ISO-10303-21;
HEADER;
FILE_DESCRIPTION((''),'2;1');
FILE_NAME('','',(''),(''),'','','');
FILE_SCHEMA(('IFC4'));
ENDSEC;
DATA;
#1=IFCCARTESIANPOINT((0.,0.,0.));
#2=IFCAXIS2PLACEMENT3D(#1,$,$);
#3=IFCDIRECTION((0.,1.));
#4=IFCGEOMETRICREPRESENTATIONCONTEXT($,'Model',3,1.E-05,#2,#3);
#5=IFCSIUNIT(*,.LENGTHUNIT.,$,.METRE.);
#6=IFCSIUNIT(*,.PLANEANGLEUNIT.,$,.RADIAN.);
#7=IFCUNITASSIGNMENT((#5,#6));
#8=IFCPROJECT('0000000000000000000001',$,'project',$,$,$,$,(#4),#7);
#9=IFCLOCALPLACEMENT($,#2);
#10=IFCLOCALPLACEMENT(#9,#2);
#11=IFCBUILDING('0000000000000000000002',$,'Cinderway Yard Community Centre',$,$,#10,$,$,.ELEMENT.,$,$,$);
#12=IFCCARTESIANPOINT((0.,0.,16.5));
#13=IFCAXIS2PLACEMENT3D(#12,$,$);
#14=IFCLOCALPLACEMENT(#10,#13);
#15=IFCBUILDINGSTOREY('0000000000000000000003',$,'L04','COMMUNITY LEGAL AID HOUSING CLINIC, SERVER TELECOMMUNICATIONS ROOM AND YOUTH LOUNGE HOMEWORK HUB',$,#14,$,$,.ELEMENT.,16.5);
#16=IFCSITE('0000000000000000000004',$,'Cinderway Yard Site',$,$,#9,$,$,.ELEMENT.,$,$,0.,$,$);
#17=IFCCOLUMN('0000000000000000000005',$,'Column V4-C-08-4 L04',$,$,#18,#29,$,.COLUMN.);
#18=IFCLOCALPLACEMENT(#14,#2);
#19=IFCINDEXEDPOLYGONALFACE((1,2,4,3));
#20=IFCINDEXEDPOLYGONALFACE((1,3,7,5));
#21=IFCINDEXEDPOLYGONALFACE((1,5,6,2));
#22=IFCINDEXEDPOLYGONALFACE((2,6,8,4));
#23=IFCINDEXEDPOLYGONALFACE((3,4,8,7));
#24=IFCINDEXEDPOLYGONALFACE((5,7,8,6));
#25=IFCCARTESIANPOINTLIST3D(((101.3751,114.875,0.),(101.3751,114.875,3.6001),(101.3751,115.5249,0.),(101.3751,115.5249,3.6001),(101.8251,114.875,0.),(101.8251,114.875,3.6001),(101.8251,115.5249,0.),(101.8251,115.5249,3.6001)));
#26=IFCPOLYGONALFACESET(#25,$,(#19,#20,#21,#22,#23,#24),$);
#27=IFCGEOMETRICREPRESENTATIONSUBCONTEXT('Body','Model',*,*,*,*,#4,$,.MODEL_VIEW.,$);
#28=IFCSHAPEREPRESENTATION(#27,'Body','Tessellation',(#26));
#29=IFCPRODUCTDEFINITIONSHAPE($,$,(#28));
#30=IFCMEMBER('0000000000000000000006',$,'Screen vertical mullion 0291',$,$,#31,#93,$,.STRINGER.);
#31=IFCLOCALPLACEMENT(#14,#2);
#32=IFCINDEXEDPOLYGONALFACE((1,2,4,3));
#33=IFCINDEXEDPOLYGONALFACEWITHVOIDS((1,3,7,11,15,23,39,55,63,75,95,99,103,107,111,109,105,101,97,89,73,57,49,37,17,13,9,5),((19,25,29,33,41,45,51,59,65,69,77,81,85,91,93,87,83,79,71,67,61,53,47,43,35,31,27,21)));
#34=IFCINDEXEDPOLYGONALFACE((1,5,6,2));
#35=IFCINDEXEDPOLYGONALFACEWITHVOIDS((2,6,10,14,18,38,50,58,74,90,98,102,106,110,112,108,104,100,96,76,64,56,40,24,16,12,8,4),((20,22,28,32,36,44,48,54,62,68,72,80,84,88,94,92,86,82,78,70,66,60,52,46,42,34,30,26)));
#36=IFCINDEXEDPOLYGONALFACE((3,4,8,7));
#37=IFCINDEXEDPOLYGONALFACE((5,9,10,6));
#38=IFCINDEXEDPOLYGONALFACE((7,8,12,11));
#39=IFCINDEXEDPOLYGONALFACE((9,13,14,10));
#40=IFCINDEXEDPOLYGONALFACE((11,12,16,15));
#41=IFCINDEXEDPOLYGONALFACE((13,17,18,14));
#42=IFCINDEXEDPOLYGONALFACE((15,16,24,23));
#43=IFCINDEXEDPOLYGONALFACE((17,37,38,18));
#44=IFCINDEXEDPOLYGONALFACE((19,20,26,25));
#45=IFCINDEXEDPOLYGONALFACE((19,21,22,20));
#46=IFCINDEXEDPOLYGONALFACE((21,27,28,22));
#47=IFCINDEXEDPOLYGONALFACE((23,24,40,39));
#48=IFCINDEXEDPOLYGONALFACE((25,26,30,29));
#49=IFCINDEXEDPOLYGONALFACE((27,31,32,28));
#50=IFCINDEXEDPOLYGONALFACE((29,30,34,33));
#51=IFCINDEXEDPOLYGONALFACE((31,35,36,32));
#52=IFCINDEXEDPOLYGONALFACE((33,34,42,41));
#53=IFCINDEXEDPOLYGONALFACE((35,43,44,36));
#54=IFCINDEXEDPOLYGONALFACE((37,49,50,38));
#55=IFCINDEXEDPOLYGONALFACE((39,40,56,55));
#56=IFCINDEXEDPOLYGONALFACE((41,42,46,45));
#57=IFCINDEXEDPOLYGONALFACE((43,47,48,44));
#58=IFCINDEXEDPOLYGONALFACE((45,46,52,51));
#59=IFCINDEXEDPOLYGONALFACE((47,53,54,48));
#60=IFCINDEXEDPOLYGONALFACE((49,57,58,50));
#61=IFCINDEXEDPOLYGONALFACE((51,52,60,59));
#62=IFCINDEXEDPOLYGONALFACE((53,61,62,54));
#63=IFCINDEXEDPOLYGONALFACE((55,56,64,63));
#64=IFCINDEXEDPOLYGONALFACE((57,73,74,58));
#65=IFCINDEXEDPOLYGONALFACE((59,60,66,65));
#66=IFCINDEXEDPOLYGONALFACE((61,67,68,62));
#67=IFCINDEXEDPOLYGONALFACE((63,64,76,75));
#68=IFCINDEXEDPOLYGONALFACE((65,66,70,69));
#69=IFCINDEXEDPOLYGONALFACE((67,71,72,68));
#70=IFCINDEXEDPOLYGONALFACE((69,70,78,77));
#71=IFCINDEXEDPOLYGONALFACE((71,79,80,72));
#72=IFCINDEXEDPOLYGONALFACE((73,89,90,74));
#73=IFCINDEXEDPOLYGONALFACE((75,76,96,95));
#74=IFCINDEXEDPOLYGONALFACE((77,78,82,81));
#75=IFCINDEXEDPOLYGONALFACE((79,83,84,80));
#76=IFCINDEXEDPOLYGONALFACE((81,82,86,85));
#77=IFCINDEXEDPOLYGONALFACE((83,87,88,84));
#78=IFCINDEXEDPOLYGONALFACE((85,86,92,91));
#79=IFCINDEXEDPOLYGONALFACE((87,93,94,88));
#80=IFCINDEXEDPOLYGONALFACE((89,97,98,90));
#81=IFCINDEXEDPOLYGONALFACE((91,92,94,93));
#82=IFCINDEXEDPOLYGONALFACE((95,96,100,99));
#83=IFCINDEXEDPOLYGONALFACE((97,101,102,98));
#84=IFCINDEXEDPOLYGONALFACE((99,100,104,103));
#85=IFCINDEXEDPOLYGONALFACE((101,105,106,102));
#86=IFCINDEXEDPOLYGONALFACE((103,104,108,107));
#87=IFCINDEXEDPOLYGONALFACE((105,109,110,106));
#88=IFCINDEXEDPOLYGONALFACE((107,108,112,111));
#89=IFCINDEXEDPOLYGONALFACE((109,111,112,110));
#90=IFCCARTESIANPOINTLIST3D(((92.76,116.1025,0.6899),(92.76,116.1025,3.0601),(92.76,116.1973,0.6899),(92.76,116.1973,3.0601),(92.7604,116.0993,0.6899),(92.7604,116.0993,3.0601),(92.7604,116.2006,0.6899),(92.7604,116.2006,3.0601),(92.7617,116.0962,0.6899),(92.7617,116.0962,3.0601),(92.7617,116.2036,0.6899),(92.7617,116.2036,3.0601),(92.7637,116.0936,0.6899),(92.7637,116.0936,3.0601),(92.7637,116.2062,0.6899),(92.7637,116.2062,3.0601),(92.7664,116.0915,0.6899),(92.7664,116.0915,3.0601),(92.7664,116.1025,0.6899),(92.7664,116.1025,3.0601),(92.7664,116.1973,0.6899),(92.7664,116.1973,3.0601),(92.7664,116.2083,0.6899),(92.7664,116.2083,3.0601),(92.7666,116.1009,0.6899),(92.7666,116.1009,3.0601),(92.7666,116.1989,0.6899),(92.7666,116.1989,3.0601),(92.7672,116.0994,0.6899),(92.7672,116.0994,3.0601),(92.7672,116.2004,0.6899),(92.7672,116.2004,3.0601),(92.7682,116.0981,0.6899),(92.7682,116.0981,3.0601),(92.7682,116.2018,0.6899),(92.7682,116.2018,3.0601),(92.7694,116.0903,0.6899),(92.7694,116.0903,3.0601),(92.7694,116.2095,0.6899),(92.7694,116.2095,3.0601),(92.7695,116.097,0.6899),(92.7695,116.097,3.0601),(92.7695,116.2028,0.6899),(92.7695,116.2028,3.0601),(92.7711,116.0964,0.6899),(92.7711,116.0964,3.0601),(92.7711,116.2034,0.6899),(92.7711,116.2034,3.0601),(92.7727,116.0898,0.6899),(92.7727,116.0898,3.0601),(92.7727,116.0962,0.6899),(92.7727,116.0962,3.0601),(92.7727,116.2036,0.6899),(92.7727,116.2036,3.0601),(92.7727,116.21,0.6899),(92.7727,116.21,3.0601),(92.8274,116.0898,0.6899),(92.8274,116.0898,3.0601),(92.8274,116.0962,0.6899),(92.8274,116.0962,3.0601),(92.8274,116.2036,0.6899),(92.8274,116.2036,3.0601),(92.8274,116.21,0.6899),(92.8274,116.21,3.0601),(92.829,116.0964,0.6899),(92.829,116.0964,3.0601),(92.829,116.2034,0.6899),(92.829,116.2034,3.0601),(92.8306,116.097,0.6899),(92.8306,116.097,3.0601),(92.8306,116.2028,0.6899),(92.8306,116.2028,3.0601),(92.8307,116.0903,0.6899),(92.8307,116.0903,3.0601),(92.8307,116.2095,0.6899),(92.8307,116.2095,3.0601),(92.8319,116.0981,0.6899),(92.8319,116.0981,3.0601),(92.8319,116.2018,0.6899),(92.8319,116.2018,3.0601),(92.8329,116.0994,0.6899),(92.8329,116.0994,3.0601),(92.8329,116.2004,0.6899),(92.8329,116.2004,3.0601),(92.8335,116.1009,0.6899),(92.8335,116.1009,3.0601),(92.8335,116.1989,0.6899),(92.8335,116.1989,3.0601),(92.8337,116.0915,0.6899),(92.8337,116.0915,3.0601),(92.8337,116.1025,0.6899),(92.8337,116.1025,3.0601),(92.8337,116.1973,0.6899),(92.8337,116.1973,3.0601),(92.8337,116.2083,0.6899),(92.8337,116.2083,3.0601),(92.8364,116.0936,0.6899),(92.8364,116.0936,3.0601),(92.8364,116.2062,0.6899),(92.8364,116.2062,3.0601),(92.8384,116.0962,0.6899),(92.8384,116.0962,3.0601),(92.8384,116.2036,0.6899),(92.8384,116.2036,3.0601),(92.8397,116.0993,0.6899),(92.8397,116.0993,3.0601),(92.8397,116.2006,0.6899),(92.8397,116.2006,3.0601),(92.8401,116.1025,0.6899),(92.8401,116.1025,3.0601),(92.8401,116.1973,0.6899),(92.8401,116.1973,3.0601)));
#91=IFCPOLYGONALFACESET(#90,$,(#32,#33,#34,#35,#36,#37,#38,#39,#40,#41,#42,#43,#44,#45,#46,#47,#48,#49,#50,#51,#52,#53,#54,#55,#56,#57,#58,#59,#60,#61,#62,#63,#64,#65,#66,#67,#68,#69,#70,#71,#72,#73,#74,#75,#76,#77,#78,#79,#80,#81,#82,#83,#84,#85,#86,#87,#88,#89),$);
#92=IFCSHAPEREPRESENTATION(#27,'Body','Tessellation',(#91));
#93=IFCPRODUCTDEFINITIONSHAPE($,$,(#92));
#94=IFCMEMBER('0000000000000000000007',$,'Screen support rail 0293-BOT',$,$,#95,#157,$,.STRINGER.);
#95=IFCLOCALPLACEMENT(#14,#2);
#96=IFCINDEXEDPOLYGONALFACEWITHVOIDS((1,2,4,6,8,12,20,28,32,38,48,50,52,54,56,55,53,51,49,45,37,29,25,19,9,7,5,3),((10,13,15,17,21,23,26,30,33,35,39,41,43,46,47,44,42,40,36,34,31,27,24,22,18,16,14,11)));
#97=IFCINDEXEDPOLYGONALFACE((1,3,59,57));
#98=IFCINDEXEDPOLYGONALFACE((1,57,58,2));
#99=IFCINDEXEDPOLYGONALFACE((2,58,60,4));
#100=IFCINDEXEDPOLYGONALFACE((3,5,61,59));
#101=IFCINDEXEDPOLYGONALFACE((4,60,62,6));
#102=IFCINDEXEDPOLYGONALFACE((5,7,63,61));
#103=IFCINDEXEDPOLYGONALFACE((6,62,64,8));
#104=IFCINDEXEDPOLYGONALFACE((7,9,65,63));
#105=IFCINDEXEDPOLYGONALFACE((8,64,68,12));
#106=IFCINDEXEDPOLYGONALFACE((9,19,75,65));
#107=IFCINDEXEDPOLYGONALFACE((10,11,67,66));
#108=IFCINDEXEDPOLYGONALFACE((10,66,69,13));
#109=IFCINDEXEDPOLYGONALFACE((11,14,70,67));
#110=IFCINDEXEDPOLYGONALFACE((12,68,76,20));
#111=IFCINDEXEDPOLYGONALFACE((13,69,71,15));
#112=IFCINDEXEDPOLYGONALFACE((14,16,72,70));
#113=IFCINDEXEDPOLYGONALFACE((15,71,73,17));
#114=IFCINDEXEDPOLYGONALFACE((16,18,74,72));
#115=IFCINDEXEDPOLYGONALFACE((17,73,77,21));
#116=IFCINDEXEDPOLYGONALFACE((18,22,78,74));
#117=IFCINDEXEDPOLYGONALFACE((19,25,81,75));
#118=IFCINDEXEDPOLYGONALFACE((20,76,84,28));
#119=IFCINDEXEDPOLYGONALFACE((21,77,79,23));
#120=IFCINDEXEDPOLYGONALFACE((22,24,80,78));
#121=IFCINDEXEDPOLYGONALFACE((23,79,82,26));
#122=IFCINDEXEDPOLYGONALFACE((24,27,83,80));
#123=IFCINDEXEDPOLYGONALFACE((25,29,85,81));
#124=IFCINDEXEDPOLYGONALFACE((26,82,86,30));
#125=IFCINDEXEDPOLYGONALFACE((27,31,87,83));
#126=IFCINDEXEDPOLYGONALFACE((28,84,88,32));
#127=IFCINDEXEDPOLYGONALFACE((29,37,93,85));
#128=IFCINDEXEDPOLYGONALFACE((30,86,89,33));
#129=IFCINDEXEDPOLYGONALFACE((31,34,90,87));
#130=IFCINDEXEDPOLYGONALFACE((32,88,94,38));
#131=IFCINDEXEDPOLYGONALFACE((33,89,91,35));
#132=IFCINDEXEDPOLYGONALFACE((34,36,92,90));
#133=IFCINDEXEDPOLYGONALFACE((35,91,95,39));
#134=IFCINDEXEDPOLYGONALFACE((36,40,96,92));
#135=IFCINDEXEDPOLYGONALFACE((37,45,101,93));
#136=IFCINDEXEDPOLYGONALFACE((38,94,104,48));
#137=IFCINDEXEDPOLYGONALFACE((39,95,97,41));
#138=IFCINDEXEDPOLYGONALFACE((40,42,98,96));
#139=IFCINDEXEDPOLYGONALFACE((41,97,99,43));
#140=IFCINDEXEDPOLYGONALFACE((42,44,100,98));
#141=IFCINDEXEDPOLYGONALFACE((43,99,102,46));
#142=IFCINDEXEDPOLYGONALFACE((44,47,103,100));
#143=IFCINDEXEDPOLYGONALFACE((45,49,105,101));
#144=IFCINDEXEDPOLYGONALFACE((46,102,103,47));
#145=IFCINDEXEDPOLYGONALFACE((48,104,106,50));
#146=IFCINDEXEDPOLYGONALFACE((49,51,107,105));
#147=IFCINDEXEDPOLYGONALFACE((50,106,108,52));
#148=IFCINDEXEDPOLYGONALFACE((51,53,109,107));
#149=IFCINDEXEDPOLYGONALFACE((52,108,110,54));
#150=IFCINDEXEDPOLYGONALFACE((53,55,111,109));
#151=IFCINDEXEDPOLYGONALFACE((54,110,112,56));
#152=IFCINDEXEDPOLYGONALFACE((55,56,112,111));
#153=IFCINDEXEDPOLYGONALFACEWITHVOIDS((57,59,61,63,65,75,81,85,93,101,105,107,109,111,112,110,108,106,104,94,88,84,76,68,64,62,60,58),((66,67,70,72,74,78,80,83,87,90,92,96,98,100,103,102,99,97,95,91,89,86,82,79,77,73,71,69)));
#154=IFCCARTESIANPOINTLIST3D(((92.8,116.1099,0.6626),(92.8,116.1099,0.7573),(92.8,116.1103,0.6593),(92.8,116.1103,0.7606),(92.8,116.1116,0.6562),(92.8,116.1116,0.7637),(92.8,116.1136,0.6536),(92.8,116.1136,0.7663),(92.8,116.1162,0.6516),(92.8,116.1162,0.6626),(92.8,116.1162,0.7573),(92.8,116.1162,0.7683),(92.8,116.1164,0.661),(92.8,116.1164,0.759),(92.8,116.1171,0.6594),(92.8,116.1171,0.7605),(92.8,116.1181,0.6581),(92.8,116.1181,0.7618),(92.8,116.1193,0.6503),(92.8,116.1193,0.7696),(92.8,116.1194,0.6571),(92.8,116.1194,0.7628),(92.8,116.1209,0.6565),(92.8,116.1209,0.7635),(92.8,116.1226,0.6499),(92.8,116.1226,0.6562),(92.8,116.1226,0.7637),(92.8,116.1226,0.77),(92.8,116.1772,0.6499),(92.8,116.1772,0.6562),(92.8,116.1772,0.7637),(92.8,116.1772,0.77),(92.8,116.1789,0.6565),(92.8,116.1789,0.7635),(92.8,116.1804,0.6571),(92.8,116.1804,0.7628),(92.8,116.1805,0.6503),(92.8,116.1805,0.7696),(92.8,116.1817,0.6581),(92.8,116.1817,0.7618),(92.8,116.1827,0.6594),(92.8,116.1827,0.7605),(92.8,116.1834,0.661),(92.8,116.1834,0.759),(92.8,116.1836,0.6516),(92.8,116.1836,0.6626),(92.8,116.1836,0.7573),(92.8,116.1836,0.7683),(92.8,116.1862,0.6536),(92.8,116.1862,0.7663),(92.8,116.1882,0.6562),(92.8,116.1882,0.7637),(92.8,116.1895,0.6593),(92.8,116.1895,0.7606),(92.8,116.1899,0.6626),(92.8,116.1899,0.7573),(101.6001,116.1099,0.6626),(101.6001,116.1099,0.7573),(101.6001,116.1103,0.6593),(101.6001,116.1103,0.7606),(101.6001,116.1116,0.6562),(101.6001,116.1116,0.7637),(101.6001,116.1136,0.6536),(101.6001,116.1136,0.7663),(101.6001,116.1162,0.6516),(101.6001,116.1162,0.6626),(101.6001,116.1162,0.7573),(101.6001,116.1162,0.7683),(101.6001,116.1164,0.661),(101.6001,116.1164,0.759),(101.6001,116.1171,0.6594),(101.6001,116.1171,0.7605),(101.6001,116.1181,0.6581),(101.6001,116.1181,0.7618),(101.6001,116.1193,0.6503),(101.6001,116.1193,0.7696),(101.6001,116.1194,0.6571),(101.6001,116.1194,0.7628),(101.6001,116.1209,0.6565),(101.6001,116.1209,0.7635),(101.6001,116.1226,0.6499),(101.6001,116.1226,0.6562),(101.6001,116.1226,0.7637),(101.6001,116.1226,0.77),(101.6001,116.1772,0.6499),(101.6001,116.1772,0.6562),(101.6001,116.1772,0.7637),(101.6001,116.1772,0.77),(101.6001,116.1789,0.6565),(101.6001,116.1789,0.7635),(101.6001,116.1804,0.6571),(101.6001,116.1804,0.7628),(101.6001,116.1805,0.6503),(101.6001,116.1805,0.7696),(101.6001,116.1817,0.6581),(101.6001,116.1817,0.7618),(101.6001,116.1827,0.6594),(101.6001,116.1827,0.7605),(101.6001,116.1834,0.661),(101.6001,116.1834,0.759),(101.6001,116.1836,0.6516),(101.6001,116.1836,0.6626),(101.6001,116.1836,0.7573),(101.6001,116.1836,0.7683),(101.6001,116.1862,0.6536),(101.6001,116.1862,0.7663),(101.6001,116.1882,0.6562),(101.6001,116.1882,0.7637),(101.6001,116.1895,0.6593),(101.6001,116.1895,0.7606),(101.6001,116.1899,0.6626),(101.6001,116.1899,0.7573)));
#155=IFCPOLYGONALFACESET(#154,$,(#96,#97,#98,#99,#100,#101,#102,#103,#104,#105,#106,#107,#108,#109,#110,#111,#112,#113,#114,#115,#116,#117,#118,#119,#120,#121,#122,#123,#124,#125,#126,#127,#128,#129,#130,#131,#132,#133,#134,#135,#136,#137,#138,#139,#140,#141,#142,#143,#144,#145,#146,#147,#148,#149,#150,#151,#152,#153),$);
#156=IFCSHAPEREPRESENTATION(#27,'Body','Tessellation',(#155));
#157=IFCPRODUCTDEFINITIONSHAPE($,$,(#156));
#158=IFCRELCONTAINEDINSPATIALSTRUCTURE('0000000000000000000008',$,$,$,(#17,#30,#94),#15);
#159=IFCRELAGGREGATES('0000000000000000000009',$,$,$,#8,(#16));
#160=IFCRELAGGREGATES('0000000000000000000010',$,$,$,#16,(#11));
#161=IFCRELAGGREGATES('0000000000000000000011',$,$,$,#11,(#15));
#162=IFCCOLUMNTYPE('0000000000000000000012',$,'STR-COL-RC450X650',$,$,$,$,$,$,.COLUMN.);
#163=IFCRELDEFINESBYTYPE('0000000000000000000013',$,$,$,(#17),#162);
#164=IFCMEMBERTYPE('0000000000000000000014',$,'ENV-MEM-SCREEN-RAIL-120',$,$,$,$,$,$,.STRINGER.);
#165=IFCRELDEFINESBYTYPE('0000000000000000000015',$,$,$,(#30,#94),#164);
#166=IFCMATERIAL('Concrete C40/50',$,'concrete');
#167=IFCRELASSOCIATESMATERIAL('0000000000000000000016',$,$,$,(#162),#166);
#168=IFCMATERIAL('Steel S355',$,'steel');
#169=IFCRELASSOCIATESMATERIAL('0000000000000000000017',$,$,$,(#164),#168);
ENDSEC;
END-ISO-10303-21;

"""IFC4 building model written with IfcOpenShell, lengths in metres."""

from ifc_helpers import new_model, si_unit, direction, frame, origin, origin_2d, place, context, subcontext, project, spatial, rectangle, hollow_rectangle, extrude, material, material_profile, profile_set, type_object, element, save


model = new_model("IFC4")

# Units and contexts
model_context = context("Model", 3, precision=1e-05, world=origin(), true_north=direction((0.0, 1.0)))
body_context = subcontext(model_context, "Body", "Model", "MODEL_VIEW")
ifc_project = project(units=[si_unit("LENGTHUNIT", "METRE"), si_unit("PLANEANGLEUNIT", "RADIAN")], contexts=[model_context])

# Site, building, storey
site_placement = place(None, origin())
site = spatial("IfcSite", under=ifc_project, at=site_placement, Name="Cinderway Yard Site", CompositionType="ELEMENT", RefElevation=0.0)
building_placement = place(site_placement, origin())
building = spatial("IfcBuilding", under=site, at=building_placement, Name="Cinderway Yard Community Centre", CompositionType="ELEMENT")
storey_placement = place(building_placement, frame((0.0, 0.0, 16.5)))
storey = spatial("IfcBuildingStorey", under=building, at=storey_placement, Name="L04", Description="COMMUNITY LEGAL AID HOUSING CLINIC, SERVER TELECOMMUNICATIONS ROOM AND YOUTH LOUNGE HOMEWORK HUB", CompositionType="ELEMENT", Elevation=16.5)

# Column
ifc_material_1 = material(Name="Concrete C40/50", Category="concrete")
ifc_material_profile_1 = material_profile(ifc_material_1, rectangle(XDim=0.45, YDim=0.6499, at=origin_2d()), Name="Concrete C40/50")
ifc_profile_set_1 = profile_set([ifc_material_profile_1], Name="Concrete C40/50")
column_type = type_object("IfcColumnType", Name="STR-COL-RC450X650", PredefinedType="COLUMN", material=ifc_profile_set_1)
column_placement = place(storey_placement, frame((101.6001, 115.2, 0.0), z_axis=(0.0, 0.0, 1.0), x_axis=(1.0, 0.0, 0.0)))
element("IfcColumn", 1, at=column_placement, inside=storey, type_object=column_type, Name="Column V4-C-08-4 L04", PredefinedType="COLUMN", context=body_context, shape_type="SweptSolid", body=[
    extrude(rectangle(XDim=0.45, YDim=0.6499, at=origin_2d()), origin(), (0.0, 0.0, 1.0), 3.6001),
])

# Members
ifc_material_2 = material(Name="Steel S355", Category="steel")
ifc_material_profile_2 = material_profile(ifc_material_2, hollow_rectangle(XDim=0.0801, YDim=0.1201, WallThickness=0.0063, InnerFilletRadius=0.0063, OuterFilletRadius=0.0127, at=origin_2d()), Name="Steel S355")
ifc_profile_set_2 = profile_set([ifc_material_profile_2], Name="Steel S355")
member_type_1 = type_object("IfcMemberType", Name="ENV-MEM-SCREEN-RAIL-120", PredefinedType="STRINGER", material=ifc_profile_set_2)
member_placement = place(storey_placement, frame((92.8, 116.1499, 0.6899), z_axis=(0.0, 0.0, 1.0), x_axis=(1.0, 0.0, 0.0)))
element("IfcMember", 2, at=member_placement, inside=storey, type_object=member_type_1, Name="Screen vertical mullion 0291", PredefinedType="STRINGER", context=body_context, shape_type="SweptSolid", body=[
    extrude(hollow_rectangle(XDim=0.0801, YDim=0.1201, WallThickness=0.0063, InnerFilletRadius=0.0063, OuterFilletRadius=0.0127, at=origin_2d()), origin(), (0.0, 0.0, 1.0), 2.3701),
])
for number, where, z_axis, x_axis, name in (
    (3, (92.8, 116.1499, 0.71), (1.0, 0.0, 0.0), (0.0, 1.0, 0.0), "Screen support rail 0293-BOT"),
):
    element("IfcMember", number, at=place(storey_placement, frame(where, z_axis=z_axis, x_axis=x_axis)), inside=storey, type_object=member_type_1, Name=name, PredefinedType="STRINGER", context=body_context, shape_type="SweptSolid", body=[
        extrude(hollow_rectangle(XDim=0.0801, YDim=0.1201, WallThickness=0.0063, InnerFilletRadius=0.0063, OuterFilletRadius=0.0127, at=origin_2d()), origin(), (0.0, 0.0, 1.0), 8.8),
    ])

save(model, "model.ifc")
